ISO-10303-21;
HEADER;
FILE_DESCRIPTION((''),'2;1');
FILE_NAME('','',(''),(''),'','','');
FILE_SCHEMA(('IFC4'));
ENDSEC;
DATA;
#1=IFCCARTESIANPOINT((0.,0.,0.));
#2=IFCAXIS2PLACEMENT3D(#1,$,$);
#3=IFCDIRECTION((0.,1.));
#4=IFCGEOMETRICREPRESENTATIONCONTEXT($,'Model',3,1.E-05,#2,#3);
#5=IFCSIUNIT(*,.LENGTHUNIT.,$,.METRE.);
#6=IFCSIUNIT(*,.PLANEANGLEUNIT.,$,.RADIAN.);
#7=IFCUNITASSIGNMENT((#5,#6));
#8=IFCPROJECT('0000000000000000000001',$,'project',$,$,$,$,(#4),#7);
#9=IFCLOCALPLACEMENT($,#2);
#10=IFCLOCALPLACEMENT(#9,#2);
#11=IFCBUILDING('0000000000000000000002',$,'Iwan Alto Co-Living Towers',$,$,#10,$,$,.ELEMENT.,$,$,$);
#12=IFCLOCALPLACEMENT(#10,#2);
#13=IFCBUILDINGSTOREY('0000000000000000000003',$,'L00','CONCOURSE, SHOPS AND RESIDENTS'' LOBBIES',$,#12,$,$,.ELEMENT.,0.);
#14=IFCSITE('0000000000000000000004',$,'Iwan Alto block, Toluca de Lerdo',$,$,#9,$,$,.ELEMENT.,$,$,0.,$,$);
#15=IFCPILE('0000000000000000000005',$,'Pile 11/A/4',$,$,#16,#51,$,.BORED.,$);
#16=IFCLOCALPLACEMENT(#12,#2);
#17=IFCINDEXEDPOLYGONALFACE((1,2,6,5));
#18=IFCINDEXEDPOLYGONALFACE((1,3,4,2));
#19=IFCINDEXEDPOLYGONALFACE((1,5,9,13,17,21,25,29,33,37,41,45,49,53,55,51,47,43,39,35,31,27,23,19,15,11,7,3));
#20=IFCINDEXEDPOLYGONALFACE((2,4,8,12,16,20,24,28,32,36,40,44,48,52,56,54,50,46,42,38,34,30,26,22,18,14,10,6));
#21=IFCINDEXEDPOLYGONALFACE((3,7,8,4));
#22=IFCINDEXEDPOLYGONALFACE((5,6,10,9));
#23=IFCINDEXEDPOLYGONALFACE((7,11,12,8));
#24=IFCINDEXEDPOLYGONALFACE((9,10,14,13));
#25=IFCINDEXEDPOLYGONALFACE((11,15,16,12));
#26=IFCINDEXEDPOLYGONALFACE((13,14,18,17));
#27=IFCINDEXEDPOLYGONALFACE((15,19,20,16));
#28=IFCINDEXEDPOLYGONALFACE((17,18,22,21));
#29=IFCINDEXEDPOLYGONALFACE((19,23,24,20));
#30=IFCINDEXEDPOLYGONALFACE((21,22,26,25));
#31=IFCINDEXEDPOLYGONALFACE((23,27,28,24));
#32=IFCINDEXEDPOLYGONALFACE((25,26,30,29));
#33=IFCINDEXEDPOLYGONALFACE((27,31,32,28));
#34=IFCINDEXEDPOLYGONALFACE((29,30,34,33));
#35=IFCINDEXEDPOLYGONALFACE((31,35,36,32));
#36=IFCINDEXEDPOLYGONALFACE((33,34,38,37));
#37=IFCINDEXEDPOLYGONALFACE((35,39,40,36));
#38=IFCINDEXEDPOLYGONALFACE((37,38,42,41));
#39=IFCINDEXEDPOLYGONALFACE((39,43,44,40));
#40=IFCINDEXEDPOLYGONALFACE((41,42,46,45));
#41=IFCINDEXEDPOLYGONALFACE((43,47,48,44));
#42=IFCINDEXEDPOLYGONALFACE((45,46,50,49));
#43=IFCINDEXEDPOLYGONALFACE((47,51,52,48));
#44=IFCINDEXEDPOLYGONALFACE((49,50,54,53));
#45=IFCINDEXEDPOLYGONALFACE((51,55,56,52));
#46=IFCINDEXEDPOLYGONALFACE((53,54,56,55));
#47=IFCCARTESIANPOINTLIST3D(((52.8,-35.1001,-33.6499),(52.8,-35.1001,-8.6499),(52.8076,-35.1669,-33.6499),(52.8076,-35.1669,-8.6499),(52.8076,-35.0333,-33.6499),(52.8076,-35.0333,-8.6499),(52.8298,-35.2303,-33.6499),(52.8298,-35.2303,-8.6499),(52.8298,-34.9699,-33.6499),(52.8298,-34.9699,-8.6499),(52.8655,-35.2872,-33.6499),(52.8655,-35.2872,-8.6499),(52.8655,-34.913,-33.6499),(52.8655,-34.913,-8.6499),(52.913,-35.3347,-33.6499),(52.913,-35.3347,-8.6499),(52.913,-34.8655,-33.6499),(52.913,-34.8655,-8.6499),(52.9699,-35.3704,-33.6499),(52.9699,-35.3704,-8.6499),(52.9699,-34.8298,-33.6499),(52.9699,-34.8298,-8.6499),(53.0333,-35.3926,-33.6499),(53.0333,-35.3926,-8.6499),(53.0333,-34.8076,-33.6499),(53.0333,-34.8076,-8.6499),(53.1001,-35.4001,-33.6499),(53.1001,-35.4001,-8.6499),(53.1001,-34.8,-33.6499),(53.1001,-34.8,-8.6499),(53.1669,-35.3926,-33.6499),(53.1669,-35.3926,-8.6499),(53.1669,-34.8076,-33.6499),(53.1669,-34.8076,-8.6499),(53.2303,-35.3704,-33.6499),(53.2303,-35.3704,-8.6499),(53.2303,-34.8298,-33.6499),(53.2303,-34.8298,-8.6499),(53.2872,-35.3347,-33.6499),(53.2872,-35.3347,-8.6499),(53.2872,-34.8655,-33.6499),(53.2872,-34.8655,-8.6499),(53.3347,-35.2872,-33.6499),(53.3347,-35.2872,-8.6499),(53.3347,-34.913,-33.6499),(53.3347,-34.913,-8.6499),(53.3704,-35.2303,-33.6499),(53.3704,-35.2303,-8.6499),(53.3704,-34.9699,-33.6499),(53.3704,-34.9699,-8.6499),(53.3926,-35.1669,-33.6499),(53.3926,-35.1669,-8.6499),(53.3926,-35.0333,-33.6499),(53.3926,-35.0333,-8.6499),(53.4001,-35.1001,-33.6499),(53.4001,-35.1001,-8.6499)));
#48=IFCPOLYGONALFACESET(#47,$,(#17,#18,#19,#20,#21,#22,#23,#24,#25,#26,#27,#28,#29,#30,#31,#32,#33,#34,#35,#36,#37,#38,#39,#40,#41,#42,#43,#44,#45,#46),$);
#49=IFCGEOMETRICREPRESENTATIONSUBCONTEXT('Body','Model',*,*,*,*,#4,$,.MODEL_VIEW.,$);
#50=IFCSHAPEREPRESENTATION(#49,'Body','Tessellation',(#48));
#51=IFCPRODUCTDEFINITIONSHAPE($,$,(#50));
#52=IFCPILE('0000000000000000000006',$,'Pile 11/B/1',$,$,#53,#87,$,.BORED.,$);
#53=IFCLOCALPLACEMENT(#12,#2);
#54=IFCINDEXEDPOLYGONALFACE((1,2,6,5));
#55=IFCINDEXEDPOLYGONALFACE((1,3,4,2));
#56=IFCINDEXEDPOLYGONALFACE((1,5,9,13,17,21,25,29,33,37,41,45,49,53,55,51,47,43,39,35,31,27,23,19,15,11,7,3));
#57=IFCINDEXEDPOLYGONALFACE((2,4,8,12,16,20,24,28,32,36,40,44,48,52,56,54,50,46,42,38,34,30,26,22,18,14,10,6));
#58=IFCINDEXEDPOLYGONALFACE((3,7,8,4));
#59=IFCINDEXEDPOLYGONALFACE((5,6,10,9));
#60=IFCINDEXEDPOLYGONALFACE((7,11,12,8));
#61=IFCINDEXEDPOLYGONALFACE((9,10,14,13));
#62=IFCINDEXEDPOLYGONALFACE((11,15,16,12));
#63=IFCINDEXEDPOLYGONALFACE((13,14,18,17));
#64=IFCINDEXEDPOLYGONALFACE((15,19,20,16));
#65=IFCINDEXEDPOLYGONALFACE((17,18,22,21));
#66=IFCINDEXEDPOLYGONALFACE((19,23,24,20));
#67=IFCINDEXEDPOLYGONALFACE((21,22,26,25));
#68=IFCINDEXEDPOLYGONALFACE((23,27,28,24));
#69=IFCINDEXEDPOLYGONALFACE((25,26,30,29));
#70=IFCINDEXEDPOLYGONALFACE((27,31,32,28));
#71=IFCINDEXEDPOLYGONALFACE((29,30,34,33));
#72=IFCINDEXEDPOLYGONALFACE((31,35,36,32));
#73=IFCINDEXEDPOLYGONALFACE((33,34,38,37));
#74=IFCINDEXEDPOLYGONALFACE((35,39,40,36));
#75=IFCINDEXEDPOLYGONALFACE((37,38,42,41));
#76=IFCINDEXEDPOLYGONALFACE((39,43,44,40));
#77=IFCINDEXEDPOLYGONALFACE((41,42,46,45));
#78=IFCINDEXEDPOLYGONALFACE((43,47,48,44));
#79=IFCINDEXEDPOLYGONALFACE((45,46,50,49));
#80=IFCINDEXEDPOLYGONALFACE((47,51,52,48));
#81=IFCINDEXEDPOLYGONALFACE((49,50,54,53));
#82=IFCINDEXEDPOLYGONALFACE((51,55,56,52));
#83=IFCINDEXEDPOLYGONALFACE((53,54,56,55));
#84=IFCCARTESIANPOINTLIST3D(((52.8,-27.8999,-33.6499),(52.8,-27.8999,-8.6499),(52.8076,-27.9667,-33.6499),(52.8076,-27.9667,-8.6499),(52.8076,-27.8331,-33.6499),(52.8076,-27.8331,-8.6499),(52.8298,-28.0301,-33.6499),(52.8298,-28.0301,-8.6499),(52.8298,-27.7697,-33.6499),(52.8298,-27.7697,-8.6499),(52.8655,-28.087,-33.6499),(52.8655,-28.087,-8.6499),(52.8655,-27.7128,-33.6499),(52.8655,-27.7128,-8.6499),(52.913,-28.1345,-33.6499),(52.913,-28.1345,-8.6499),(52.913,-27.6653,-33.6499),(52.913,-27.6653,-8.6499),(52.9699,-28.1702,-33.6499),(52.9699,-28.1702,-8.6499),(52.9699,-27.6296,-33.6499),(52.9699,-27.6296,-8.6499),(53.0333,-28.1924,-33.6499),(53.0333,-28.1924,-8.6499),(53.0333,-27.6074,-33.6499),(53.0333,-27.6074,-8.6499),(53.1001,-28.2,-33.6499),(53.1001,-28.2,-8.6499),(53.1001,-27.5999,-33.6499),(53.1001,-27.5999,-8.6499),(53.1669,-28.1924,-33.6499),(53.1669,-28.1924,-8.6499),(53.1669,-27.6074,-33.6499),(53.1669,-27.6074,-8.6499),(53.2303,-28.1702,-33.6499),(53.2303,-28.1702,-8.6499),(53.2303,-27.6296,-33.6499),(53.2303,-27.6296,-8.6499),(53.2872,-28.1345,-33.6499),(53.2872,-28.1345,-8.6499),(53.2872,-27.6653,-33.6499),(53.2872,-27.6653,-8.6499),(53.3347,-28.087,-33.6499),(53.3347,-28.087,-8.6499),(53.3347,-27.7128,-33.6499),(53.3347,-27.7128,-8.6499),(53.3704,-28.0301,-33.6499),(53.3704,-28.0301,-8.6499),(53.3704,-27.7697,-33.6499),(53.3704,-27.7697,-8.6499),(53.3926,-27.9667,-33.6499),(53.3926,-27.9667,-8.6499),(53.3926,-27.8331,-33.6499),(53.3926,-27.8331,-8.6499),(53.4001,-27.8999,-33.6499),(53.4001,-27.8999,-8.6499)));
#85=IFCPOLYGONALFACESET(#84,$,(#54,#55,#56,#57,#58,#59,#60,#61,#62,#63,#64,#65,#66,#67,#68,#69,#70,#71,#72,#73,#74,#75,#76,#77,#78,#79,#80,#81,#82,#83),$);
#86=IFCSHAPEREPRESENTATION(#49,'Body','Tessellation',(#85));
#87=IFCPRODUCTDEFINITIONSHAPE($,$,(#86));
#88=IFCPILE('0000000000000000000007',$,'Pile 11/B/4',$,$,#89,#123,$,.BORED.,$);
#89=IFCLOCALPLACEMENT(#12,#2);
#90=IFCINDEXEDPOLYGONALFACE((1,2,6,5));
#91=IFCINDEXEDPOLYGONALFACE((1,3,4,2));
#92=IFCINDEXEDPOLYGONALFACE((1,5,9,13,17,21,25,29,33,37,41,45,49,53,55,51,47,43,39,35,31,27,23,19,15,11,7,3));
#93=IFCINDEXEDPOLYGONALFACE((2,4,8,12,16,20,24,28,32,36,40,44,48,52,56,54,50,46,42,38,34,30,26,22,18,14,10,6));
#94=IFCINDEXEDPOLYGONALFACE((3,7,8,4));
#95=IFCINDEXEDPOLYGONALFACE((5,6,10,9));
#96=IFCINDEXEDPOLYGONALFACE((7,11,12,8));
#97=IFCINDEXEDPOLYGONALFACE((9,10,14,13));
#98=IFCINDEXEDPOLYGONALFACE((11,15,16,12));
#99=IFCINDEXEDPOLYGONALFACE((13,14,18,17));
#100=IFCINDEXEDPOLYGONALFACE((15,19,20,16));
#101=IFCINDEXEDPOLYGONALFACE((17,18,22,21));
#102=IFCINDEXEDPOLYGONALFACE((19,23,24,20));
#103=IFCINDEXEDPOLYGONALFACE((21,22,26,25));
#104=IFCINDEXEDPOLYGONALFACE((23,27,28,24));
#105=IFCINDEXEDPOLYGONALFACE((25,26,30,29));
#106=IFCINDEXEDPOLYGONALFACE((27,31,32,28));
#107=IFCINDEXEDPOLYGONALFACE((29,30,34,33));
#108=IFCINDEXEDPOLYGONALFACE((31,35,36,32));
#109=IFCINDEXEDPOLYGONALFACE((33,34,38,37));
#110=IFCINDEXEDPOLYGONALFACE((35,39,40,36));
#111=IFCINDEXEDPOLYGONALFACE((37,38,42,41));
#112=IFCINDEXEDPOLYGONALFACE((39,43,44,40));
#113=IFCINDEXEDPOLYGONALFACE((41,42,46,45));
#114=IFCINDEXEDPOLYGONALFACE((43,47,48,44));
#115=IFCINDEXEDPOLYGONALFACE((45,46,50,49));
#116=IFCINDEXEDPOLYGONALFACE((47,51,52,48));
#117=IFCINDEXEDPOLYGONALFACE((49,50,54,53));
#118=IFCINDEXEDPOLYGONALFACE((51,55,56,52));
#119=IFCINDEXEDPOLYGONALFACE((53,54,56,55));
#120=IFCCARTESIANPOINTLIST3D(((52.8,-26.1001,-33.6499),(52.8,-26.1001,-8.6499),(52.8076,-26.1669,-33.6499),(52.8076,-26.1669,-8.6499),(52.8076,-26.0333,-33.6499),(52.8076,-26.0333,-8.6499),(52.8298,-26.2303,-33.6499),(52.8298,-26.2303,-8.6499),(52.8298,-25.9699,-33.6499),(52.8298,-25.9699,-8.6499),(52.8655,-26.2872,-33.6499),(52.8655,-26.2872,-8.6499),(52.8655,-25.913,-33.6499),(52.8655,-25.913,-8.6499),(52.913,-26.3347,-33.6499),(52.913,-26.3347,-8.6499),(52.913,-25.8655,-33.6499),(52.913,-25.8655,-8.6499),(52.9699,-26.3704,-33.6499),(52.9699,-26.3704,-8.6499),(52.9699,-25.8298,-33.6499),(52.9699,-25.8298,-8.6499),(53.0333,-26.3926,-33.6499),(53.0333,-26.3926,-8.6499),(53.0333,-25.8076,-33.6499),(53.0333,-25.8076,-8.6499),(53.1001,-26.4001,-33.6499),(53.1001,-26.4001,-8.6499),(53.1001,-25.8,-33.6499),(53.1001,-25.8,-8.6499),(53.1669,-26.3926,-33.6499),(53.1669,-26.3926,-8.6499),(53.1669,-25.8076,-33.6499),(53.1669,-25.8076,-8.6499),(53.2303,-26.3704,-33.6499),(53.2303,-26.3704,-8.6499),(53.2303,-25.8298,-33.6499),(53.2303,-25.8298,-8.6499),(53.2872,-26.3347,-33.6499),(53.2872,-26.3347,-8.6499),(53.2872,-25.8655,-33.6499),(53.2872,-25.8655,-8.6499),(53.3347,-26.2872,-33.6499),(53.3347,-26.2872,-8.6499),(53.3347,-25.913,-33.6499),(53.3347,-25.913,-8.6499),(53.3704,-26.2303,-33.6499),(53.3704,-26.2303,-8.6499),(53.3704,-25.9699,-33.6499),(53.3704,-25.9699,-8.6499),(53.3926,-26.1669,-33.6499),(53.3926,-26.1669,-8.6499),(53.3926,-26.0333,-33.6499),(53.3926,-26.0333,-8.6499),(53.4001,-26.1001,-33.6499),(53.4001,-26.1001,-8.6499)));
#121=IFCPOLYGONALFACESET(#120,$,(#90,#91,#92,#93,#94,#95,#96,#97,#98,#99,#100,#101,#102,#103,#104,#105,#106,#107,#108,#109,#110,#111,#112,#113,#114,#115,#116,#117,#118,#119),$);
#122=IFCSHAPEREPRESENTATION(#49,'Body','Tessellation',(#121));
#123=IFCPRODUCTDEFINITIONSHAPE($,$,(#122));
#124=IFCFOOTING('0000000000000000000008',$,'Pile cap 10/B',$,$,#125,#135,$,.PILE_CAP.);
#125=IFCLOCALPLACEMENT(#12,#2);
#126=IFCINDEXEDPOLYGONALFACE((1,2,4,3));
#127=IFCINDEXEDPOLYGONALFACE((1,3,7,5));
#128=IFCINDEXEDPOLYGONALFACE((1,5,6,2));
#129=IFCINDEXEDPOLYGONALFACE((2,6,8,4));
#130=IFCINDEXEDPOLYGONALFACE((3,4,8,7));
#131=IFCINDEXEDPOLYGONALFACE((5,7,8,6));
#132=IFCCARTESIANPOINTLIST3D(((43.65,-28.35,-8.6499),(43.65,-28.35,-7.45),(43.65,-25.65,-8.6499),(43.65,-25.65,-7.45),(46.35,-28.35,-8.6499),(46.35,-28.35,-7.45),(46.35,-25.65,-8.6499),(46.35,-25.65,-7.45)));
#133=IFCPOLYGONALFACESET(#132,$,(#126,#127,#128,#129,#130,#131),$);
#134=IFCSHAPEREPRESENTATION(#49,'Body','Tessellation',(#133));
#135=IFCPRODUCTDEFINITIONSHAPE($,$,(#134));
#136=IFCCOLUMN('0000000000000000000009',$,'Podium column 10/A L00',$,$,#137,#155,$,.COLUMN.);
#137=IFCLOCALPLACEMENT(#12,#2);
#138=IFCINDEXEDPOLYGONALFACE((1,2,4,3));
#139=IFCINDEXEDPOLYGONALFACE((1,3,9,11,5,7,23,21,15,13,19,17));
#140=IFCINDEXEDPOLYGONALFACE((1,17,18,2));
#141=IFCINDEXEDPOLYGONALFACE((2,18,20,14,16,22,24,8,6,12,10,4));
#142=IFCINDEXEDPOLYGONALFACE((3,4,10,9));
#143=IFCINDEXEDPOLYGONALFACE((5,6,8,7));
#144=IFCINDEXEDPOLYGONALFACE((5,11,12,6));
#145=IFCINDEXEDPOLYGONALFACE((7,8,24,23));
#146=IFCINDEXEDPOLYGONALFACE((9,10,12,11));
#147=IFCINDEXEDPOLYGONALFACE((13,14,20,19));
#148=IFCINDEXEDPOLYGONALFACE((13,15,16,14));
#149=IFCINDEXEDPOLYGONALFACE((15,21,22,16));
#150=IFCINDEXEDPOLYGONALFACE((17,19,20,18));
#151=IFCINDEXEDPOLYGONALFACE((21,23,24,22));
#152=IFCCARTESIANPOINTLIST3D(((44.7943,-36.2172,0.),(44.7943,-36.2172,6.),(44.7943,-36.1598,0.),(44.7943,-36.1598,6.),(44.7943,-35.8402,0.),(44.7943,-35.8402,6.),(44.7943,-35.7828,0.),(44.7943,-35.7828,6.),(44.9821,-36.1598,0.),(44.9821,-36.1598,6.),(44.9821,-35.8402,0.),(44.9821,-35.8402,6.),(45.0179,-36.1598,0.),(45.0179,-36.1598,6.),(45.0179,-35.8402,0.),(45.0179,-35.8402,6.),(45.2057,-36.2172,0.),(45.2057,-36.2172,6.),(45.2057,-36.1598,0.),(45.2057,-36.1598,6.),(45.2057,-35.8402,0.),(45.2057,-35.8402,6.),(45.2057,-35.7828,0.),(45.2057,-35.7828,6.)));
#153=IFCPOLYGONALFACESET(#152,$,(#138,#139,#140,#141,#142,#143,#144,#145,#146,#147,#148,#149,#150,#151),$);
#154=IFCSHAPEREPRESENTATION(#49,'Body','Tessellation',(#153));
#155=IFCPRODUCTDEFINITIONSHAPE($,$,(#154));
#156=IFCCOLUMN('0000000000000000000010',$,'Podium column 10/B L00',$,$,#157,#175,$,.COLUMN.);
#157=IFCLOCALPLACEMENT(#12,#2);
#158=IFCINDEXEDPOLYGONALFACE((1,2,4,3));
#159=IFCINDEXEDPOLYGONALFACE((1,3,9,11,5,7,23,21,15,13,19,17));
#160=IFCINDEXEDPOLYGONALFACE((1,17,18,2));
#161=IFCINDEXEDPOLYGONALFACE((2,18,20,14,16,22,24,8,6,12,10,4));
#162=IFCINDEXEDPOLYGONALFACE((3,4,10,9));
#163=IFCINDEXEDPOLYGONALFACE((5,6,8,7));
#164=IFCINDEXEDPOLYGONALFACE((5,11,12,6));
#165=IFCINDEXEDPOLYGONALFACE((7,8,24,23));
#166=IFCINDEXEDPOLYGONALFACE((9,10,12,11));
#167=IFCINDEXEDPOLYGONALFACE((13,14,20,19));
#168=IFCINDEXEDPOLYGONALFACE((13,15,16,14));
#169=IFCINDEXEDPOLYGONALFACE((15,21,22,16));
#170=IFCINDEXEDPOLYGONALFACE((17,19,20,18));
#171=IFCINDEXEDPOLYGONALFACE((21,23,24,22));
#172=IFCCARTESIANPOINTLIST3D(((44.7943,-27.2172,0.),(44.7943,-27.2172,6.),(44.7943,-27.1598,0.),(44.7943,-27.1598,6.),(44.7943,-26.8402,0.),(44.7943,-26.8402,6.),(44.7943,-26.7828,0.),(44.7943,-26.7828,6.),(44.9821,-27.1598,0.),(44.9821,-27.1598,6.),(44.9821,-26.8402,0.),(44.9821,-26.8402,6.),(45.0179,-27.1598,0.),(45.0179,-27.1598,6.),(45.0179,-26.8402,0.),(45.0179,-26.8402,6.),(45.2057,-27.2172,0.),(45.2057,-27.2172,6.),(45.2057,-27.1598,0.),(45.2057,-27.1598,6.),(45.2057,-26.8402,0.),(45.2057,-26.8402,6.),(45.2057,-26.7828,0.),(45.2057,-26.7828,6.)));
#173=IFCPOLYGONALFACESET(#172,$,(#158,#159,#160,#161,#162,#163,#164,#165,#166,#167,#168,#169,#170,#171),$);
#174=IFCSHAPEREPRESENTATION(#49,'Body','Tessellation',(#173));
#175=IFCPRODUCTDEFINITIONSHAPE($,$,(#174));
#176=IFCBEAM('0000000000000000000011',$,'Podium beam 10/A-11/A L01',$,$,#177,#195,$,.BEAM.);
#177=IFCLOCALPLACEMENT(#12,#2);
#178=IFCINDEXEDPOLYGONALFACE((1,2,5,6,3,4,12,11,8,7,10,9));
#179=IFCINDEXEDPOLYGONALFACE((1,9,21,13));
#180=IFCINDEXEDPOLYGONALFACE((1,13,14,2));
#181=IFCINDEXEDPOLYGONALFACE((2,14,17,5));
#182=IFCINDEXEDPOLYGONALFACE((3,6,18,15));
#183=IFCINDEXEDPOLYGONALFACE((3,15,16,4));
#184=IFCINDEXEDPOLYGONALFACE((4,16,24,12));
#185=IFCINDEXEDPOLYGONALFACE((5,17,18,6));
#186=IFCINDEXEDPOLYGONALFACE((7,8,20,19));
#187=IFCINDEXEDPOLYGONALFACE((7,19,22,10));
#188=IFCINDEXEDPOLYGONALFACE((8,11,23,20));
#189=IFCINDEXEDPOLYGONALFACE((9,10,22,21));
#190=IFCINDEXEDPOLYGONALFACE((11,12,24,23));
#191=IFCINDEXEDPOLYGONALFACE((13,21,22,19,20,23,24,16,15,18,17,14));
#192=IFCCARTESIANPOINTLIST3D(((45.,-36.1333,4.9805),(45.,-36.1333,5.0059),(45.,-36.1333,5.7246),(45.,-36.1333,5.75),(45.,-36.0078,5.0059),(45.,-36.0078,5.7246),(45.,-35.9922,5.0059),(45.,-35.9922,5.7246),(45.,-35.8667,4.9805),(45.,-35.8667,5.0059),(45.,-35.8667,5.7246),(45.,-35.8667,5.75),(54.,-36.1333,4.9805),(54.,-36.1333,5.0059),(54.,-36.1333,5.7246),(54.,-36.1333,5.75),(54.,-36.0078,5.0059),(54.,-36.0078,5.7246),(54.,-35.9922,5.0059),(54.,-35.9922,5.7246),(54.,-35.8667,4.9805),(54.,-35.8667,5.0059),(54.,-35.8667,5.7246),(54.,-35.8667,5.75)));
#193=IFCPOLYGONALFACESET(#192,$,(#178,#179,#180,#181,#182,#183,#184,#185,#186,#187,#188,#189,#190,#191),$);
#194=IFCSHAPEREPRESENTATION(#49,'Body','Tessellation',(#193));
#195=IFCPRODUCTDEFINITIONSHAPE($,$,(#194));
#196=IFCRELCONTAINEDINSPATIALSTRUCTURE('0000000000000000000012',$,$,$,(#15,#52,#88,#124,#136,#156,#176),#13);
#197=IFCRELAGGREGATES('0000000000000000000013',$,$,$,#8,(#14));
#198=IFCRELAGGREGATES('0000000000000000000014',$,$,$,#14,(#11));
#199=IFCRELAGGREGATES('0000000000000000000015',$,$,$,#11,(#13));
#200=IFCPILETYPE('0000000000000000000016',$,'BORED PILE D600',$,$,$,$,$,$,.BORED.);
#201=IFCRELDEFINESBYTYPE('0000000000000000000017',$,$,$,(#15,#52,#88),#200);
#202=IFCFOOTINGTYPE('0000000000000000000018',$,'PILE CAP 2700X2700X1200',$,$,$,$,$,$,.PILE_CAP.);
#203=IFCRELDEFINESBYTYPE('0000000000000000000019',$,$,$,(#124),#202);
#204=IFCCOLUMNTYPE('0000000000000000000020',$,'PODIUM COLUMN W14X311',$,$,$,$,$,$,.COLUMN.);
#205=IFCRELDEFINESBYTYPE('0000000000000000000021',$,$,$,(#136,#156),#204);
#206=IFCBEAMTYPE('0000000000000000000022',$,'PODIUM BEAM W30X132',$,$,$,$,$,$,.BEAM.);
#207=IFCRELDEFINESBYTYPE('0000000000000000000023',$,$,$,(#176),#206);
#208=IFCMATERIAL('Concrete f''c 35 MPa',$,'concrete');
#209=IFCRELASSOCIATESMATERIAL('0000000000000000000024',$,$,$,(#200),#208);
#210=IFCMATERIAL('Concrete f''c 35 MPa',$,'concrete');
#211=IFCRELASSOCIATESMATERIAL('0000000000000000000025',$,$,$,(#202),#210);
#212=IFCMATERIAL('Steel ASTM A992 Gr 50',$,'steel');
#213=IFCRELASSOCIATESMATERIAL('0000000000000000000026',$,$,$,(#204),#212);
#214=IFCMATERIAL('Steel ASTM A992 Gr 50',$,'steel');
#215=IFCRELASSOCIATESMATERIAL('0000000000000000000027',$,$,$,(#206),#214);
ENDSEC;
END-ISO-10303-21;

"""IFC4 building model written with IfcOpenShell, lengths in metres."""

from ifc_helpers import new_model, si_unit, direction, frame, origin, origin_2d, place, context, subcontext, project, spatial, rectangle, circle, i_section, extrude, material, material_profile, profile_set, type_object, element, save


model = new_model("IFC4")

# Units and contexts
model_context = context("Model", 3, precision=1e-05, world=origin(), true_north=direction((0.0, 1.0)))
body_context = subcontext(model_context, "Body", "Model", "MODEL_VIEW")
ifc_project = project(units=[si_unit("LENGTHUNIT", "METRE"), si_unit("PLANEANGLEUNIT", "RADIAN")], contexts=[model_context])

# Site, building, storey
site_placement = place(None, origin())
site = spatial("IfcSite", under=ifc_project, at=site_placement, Name="Iwan Alto block, Toluca de Lerdo", CompositionType="ELEMENT", RefElevation=0.0)
building_placement = place(site_placement, origin())
building = spatial("IfcBuilding", under=site, at=building_placement, Name="Iwan Alto Co-Living Towers", CompositionType="ELEMENT")
storey_placement = place(building_placement, origin())
storey = spatial("IfcBuildingStorey", under=building, at=storey_placement, Name="L00", Description="CONCOURSE, SHOPS AND RESIDENTS' LOBBIES", CompositionType="ELEMENT", Elevation=0.0)

# Piles
ifc_material_1 = material(Name="Concrete f'c 35 MPa", Category="concrete")
ifc_material_profile_1 = material_profile(ifc_material_1, circle(Radius=0.3, at=origin_2d()), Name="D600")
ifc_profile_set_1 = profile_set([ifc_material_profile_1], Name="Concrete f'c 35 MPa")
pile_type = type_object("IfcPileType", Name="BORED PILE D600", PredefinedType="BORED", material=ifc_profile_set_1)
for number, where, z_axis, x_axis, name in (
    (1, (53.1001, -35.1001, -8.6499), (0.0, 0.0, -1.0), (1.0, 0.0, 0.0), "Pile 11/A/4"),
    (2, (53.1001, -27.8999, -8.6499), (0.0, 0.0, -1.0), (1.0, 0.0, 0.0), "Pile 11/B/1"),
    (3, (53.1001, -26.1001, -8.6499), (0.0, 0.0, -1.0), (1.0, 0.0, 0.0), "Pile 11/B/4"),
):
    element("IfcPile", number, at=place(storey_placement, frame(where, z_axis=z_axis, x_axis=x_axis)), inside=storey, type_object=pile_type, Name=name, PredefinedType="BORED", context=body_context, shape_type="SweptSolid", body=[
        extrude(circle(Radius=0.3, at=origin_2d()), origin(), (0.0, 0.0, 1.0), 25.0),
    ])

# Footing
ifc_material_2 = material(Name="Concrete f'c 35 MPa", Category="concrete")
footing_type = type_object("IfcFootingType", Name="PILE CAP 2700X2700X1200", PredefinedType="PILE_CAP", material=ifc_material_2)
footing_placement = place(storey_placement, frame((45.0, -27.0, -8.6499), z_axis=(0.0, 0.0, 1.0), x_axis=(1.0, 0.0, 0.0)))
element("IfcFooting", 4, at=footing_placement, inside=storey, type_object=footing_type, Name="Pile cap 10/B", PredefinedType="PILE_CAP", context=body_context, shape_type="SweptSolid", body=[
    extrude(rectangle(XDim=2.7, YDim=2.7, at=origin_2d()), origin(), (0.0, 0.0, 1.0), 1.2),
])

# Columns
ifc_material_3 = material(Name="Steel ASTM A992 Gr 50", Category="steel")
ifc_material_profile_2 = material_profile(ifc_material_3, i_section(OverallWidth=0.4114, OverallDepth=0.4343, WebThickness=0.0359, FlangeThickness=0.0574, at=origin_2d()), Name="W14X311")
ifc_profile_set_2 = profile_set([ifc_material_profile_2], Name="Steel ASTM A992 Gr 50")
column_type = type_object("IfcColumnType", Name="PODIUM COLUMN W14X311", PredefinedType="COLUMN", material=ifc_profile_set_2)
for number, where, z_axis, x_axis, name in (
    (5, (45.0, -36.0, 0.0), (0.0, 0.0, 1.0), (1.0, 0.0, 0.0), "Podium column 10/A L00"),
    (6, (45.0, -27.0, 0.0), (0.0, 0.0, 1.0), (1.0, 0.0, 0.0), "Podium column 10/B L00"),
):
    element("IfcColumn", number, at=place(storey_placement, frame(where, z_axis=z_axis, x_axis=x_axis)), inside=storey, type_object=column_type, Name=name, PredefinedType="COLUMN", context=body_context, shape_type="SweptSolid", body=[
        extrude(i_section(OverallWidth=0.4114, OverallDepth=0.4343, WebThickness=0.0359, FlangeThickness=0.0574, at=origin_2d()), origin(), (0.0, 0.0, 1.0), 6.0),
    ])

# Beam
ifc_material_4 = material(Name="Steel ASTM A992 Gr 50", Category="steel")
ifc_material_profile_3 = material_profile(ifc_material_4, i_section(OverallWidth=0.2666, OverallDepth=0.7695, WebThickness=0.0156, FlangeThickness=0.0254, at=origin_2d()), Name="W30X132")
ifc_profile_set_3 = profile_set([ifc_material_profile_3], Name="Steel ASTM A992 Gr 50")
beam_type_1 = type_object("IfcBeamType", Name="PODIUM BEAM W30X132", PredefinedType="BEAM", material=ifc_profile_set_3)
for number, where, z_axis, x_axis, name in (
    (7, (45.0, -36.0, 5.3652), (1.0, 0.0, 0.0), (0.0, 1.0, 0.0), "Podium beam 10/A-11/A L01"),
):
    element("IfcBeam", number, at=place(storey_placement, frame(where, z_axis=z_axis, x_axis=x_axis)), inside=storey, type_object=beam_type_1, Name=name, PredefinedType="BEAM", context=body_context, shape_type="SweptSolid", body=[
        extrude(i_section(OverallWidth=0.2666, OverallDepth=0.7695, WebThickness=0.0156, FlangeThickness=0.0254, at=origin_2d()), origin(), (0.0, 0.0, 1.0), 9.0),
    ])

save(model, "model.ifc")
